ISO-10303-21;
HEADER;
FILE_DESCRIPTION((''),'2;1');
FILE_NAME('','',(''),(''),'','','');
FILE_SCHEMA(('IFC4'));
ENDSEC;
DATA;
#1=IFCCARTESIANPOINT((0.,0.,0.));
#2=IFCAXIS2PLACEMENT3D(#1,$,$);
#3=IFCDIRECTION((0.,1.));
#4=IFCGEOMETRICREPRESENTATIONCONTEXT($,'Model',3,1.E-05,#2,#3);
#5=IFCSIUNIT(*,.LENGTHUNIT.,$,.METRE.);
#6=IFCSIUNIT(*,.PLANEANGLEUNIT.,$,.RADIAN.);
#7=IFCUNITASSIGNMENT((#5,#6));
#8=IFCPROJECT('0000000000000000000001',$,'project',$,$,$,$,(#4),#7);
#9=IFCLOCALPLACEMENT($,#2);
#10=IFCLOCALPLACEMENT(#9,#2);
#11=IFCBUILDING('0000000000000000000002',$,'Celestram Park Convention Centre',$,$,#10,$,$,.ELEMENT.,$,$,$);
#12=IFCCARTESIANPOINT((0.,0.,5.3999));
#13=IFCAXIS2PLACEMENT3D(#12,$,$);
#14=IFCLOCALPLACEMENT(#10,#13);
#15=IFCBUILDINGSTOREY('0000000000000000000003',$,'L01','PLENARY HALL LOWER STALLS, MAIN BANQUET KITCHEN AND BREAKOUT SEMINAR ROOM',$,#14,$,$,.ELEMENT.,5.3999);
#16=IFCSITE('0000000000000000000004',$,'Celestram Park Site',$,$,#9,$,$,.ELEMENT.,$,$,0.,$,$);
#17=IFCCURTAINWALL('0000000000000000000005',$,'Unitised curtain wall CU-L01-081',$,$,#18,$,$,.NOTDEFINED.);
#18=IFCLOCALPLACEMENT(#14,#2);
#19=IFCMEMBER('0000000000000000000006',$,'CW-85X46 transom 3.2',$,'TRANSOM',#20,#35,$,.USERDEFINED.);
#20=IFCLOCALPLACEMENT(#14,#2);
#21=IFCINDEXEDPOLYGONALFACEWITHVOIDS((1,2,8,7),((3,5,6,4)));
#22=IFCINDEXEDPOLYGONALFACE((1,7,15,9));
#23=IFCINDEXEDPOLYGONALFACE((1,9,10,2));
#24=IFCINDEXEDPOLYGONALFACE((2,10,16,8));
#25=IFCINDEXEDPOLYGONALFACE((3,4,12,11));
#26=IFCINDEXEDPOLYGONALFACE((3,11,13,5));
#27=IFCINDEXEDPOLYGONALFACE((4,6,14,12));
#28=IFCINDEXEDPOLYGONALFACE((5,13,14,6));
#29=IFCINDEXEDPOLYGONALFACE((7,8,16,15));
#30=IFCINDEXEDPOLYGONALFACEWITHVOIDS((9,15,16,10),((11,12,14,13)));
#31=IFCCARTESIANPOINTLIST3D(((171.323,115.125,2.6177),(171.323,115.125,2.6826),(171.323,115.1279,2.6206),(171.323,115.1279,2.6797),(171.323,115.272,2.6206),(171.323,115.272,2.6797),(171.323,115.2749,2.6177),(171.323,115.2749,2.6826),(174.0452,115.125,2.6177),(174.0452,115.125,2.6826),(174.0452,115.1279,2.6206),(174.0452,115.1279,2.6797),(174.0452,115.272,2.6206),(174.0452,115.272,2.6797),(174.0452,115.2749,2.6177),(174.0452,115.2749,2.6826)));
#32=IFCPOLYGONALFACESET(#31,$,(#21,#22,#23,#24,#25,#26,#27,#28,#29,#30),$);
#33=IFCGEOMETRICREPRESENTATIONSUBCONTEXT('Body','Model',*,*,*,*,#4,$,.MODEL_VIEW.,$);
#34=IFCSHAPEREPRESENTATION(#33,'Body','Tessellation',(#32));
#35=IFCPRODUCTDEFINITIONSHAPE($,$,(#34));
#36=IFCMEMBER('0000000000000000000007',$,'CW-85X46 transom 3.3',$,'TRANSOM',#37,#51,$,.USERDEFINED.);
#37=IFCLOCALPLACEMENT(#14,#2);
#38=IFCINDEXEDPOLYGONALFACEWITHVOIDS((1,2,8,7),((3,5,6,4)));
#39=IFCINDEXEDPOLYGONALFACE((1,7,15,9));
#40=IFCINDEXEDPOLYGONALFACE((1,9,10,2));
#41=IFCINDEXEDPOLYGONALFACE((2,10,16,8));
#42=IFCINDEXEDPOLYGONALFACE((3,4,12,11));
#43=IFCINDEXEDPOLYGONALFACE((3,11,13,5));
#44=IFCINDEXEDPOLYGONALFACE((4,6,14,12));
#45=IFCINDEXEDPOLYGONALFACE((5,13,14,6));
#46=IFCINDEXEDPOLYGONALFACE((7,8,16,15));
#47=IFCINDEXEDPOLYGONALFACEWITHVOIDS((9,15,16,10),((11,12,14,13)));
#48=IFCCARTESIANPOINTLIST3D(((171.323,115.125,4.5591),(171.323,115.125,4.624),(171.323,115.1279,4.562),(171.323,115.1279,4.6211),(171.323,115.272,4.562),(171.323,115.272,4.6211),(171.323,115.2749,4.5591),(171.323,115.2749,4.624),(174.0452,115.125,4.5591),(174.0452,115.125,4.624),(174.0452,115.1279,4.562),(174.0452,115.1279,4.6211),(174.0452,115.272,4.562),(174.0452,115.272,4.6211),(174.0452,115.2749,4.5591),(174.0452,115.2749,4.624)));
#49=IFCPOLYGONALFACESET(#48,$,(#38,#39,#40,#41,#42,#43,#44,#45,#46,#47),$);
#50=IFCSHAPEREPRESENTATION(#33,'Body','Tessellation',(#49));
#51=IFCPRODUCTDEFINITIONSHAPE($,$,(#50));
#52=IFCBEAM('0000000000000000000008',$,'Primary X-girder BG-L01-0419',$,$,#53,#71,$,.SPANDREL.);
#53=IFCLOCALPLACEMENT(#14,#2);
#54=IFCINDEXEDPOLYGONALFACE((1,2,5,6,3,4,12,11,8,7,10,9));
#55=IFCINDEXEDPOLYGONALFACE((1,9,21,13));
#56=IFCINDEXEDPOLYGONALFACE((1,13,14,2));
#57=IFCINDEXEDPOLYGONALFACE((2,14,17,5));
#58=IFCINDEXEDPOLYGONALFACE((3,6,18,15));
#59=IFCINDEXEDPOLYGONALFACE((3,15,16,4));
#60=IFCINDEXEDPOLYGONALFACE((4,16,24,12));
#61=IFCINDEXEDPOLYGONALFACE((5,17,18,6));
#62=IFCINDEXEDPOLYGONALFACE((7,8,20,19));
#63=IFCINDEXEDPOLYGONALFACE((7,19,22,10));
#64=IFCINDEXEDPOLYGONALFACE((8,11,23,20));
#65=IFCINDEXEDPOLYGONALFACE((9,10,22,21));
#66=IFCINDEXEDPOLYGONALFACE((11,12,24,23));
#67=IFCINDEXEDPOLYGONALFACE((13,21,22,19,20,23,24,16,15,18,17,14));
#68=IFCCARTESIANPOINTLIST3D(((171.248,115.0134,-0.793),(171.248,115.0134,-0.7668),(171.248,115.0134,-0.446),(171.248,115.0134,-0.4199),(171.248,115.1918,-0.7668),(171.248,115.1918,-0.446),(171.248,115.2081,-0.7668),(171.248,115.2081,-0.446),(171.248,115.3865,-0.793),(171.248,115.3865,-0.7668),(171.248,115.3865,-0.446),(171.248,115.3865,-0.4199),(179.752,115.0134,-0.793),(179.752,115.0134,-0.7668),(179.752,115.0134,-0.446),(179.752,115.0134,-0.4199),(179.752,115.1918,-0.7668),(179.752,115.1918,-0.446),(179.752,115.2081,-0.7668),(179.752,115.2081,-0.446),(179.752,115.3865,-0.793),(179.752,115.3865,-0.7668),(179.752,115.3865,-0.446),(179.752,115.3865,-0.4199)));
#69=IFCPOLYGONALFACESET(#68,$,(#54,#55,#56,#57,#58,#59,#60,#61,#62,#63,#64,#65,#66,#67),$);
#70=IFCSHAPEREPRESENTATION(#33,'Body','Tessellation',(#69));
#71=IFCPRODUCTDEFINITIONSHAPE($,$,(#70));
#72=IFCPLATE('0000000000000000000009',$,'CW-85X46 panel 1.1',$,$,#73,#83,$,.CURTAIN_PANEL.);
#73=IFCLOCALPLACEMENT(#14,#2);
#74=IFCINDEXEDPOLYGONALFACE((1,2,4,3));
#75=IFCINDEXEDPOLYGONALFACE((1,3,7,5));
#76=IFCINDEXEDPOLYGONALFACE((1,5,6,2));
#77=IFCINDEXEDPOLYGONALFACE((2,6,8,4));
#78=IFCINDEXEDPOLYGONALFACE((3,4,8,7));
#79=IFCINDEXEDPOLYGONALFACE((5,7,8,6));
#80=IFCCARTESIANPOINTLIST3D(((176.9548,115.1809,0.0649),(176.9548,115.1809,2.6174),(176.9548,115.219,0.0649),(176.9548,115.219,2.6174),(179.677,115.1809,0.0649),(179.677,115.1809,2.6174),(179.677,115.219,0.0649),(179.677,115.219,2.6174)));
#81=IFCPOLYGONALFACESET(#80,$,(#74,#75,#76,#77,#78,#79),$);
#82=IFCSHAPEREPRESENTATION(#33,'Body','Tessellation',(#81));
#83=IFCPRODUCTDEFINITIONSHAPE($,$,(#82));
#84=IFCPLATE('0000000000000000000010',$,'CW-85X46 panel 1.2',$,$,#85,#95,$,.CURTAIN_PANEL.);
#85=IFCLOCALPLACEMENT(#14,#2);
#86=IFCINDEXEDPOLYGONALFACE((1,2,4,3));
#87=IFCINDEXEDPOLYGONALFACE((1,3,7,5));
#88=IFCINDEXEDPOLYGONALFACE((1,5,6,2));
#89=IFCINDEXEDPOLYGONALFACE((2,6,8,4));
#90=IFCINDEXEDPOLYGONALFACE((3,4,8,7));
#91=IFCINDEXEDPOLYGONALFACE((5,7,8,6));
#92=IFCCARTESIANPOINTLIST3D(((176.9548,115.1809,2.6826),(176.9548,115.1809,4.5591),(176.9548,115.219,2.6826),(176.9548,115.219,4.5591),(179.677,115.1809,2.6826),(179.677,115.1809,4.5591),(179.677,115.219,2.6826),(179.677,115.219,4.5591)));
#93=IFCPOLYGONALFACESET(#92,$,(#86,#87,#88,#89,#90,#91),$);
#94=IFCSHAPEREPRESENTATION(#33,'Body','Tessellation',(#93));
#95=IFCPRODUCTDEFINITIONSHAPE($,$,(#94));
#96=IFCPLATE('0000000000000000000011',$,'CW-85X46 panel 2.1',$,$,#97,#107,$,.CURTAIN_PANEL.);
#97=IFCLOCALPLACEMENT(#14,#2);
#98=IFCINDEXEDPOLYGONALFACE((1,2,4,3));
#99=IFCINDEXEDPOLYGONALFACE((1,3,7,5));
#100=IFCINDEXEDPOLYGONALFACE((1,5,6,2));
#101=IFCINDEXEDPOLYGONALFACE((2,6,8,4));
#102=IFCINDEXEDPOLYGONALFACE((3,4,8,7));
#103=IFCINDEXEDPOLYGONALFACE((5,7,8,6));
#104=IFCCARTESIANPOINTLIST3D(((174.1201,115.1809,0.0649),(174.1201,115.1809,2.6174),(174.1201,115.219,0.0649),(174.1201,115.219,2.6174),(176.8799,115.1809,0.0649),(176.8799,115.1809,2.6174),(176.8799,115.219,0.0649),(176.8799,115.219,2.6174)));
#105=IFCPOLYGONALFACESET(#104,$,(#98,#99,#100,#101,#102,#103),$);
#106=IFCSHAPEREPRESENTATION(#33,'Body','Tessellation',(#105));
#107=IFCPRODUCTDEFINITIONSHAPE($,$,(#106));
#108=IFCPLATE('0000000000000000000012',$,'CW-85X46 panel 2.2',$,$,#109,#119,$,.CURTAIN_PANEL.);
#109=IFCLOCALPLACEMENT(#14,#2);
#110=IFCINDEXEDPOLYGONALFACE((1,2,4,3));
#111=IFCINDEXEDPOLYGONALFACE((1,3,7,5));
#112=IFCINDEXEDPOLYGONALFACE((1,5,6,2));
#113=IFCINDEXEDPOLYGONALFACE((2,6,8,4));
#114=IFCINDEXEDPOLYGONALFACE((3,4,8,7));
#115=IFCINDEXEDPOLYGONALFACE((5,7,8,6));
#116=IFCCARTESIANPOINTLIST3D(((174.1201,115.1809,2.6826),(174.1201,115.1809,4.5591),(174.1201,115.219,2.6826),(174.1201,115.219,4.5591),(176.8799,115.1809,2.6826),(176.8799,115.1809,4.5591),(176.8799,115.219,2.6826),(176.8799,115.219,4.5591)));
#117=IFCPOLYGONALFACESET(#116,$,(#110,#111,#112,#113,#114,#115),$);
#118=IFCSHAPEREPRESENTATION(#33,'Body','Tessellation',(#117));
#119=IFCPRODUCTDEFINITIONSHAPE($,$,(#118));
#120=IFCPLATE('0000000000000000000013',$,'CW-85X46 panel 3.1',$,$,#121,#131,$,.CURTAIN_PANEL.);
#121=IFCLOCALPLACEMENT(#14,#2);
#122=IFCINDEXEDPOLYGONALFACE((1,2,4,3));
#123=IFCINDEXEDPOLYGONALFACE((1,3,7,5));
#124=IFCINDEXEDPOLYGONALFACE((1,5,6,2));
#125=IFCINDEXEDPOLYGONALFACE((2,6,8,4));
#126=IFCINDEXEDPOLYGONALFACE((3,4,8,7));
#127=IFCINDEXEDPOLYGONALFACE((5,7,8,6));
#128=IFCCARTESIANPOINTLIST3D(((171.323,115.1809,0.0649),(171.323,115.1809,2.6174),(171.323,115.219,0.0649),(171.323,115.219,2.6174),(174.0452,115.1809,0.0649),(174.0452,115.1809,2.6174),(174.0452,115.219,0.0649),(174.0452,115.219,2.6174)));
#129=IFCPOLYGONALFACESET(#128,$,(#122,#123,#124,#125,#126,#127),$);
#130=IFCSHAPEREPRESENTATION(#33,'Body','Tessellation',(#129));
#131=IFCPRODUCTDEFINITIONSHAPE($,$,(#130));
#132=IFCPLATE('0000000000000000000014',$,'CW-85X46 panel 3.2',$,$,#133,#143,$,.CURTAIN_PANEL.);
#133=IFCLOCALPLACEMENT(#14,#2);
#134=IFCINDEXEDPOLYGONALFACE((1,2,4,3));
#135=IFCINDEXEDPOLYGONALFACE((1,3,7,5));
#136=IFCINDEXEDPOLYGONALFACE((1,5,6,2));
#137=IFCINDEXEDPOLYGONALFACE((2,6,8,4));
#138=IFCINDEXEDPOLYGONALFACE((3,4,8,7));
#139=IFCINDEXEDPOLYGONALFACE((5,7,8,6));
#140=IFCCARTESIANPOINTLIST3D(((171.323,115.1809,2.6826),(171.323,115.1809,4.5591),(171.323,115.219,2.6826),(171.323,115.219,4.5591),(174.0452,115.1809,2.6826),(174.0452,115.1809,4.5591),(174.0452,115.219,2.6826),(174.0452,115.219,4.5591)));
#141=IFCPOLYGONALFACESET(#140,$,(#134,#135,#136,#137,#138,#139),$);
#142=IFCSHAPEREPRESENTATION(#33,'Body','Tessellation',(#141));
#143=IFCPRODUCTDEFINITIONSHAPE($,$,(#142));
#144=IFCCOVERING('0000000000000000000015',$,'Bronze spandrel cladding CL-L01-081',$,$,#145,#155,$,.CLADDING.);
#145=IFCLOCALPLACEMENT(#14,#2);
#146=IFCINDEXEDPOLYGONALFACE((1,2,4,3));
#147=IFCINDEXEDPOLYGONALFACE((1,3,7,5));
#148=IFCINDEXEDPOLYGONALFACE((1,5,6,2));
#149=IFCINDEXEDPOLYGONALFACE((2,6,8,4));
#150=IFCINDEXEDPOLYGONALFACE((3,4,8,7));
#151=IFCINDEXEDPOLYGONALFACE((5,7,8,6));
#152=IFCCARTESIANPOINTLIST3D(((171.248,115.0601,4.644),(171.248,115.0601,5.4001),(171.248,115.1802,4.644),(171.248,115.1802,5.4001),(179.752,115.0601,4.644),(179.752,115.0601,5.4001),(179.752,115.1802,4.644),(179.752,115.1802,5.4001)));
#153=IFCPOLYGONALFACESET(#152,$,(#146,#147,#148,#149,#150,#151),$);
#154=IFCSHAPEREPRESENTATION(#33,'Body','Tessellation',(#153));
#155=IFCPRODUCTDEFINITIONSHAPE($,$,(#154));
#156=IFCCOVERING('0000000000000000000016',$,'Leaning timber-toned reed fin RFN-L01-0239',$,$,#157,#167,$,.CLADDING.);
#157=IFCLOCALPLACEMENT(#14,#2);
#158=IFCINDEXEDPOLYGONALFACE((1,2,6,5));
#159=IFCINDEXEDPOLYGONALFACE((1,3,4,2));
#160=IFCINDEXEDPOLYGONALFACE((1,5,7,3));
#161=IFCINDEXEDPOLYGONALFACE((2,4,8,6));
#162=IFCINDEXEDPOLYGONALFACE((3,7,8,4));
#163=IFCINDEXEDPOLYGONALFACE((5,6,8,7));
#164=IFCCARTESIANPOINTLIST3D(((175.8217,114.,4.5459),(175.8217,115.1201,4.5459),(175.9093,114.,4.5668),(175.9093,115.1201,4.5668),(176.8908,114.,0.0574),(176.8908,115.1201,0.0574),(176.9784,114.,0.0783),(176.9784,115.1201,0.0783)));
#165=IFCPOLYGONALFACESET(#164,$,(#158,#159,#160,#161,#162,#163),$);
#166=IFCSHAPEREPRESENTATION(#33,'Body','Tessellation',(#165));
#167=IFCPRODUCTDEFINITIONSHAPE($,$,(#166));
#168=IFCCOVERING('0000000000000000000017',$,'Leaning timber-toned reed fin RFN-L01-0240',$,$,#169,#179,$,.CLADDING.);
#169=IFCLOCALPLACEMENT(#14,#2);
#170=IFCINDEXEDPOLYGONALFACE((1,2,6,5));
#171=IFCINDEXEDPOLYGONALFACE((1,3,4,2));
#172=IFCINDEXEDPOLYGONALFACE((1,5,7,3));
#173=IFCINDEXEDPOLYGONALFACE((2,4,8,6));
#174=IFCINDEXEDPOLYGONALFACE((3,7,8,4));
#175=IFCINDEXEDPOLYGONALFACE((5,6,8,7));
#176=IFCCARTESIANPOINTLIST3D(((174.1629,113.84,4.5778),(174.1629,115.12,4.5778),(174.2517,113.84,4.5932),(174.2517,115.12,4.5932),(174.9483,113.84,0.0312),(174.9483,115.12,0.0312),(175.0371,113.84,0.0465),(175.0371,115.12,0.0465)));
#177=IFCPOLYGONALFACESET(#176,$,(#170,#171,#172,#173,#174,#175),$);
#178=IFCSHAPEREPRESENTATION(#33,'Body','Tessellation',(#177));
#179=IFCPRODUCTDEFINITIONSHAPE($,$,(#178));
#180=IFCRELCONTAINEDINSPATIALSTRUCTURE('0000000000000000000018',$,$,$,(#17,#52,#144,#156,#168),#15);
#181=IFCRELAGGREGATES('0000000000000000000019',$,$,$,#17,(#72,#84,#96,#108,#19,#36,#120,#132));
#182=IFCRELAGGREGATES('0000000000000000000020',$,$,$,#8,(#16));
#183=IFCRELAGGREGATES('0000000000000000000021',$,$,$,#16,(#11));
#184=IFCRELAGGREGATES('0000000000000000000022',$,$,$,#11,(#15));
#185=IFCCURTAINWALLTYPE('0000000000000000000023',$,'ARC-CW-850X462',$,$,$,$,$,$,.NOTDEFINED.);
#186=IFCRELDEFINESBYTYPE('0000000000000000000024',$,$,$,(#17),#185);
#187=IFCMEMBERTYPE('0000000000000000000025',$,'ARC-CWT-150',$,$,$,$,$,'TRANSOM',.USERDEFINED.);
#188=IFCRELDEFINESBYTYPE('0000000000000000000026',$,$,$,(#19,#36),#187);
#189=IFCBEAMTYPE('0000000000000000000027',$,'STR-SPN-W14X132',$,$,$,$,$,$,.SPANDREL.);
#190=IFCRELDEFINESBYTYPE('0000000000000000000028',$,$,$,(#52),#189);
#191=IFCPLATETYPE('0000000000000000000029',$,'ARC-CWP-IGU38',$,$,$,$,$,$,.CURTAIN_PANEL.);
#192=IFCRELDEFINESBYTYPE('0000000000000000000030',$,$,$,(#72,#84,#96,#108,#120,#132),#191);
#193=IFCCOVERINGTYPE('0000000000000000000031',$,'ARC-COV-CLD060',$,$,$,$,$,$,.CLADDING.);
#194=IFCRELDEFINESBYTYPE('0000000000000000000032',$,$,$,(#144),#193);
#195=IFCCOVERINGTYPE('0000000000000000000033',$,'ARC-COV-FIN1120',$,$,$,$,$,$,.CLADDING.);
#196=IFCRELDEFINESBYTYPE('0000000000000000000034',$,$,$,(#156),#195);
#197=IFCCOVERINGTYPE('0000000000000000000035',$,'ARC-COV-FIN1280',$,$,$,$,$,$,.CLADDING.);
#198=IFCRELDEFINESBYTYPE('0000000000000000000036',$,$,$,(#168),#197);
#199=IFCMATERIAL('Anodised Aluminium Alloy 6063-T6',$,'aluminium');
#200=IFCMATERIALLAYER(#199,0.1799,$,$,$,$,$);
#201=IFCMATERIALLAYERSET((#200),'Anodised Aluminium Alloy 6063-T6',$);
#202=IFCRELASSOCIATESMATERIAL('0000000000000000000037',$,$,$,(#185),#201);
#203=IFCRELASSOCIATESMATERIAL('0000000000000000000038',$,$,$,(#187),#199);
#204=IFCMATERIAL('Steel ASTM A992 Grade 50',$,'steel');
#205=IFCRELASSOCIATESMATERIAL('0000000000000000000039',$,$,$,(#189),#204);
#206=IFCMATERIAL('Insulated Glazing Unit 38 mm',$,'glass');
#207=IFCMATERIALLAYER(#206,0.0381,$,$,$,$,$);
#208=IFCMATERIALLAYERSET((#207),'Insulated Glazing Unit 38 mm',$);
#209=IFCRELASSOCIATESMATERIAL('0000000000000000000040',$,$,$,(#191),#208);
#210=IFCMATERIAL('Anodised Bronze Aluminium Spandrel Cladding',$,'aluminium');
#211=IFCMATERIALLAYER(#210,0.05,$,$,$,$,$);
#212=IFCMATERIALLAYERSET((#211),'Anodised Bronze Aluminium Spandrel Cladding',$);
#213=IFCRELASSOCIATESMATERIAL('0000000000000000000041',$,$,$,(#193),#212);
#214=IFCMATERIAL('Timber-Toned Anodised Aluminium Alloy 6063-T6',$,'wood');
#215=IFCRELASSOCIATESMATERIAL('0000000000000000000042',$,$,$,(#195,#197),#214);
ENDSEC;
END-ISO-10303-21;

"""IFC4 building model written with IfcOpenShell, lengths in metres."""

from ifc_helpers import new_model, si_unit, direction, frame, origin, origin_2d, place, context, subcontext, project, spatial, rectangle, hollow_rectangle, i_section, extrude, material, layer, layer_set, material_profile, profile_set, type_object, element, aggregate, save


model = new_model("IFC4")

# Units and contexts
model_context = context("Model", 3, precision=1e-05, world=origin(), true_north=direction((0.0, 1.0)))
body_context = subcontext(model_context, "Body", "Model", "MODEL_VIEW")
ifc_project = project(units=[si_unit("LENGTHUNIT", "METRE"), si_unit("PLANEANGLEUNIT", "RADIAN")], contexts=[model_context])

# Site, building, storey
site_placement = place(None, origin())
site = spatial("IfcSite", under=ifc_project, at=site_placement, Name="Celestram Park Site", CompositionType="ELEMENT", RefElevation=0.0)
building_placement = place(site_placement, origin())
building = spatial("IfcBuilding", under=site, at=building_placement, Name="Celestram Park Convention Centre", CompositionType="ELEMENT")
storey_placement = place(building_placement, frame((0.0, 0.0, 5.3999)))
storey = spatial("IfcBuildingStorey", under=building, at=storey_placement, Name="L01", Description="PLENARY HALL LOWER STALLS, MAIN BANQUET KITCHEN AND BREAKOUT SEMINAR ROOM", CompositionType="ELEMENT", Elevation=5.3999)

# Curtain wall, members
ifc_material_1 = material(Name="Anodised Aluminium Alloy 6063-T6", Category="aluminium")
ifc_layer_1 = layer(ifc_material_1, 0.1799)
ifc_layer_set_1 = layer_set([ifc_layer_1], Name="Anodised Aluminium Alloy 6063-T6")
curtain_wall_type = type_object("IfcCurtainWallType", Name="ARC-CW-850X462", PredefinedType="NOTDEFINED", material=ifc_layer_set_1)
curtain_wall_placement = place(storey_placement, origin())
curtain_wall = element("IfcCurtainWall", 1, at=curtain_wall_placement, inside=storey, type_object=curtain_wall_type, Name="Unitised curtain wall CU-L01-081", PredefinedType="NOTDEFINED")
ifc_material_profile_1 = material_profile(ifc_material_1, hollow_rectangle(XDim=0.1499, YDim=0.0649, WallThickness=0.0029, at=origin_2d()), Name="ALU150X65X3")
ifc_profile_set_1 = profile_set([ifc_material_profile_1], Name="Anodised Aluminium Alloy 6063-T6")
member_type_1 = type_object("IfcMemberType", Name="ARC-CWT-150", ElementType="TRANSOM", PredefinedType="USERDEFINED", material=ifc_profile_set_1)
member_1_placement = place(storey_placement, frame((174.0452, 115.2, 2.6501), z_axis=(-1.0, 0.0, 0.0), x_axis=(0.0, -1.0, 0.0)))
member_1 = element("IfcMember", 2, at=member_1_placement, type_object=member_type_1, Name="CW-85X46 transom 3.2", ObjectType="TRANSOM", PredefinedType="USERDEFINED", context=body_context, shape_type="SweptSolid", body=[
    extrude(hollow_rectangle(XDim=0.1499, YDim=0.0649, WallThickness=0.0029, at=origin_2d()), origin(), (0.0, 0.0, 1.0), 2.7222),
])
member_2_placement = place(storey_placement, frame((174.0452, 115.2, 4.5916), z_axis=(-1.0, 0.0, 0.0), x_axis=(0.0, -1.0, 0.0)))
member_2 = element("IfcMember", 3, at=member_2_placement, type_object=member_type_1, Name="CW-85X46 transom 3.3", ObjectType="TRANSOM", PredefinedType="USERDEFINED", context=body_context, shape_type="SweptSolid", body=[
    extrude(hollow_rectangle(XDim=0.1499, YDim=0.0649, WallThickness=0.0029, at=origin_2d()), origin(), (0.0, 0.0, 1.0), 2.7222),
])

# Beam
ifc_material_2 = material(Name="Steel ASTM A992 Grade 50", Category="steel")
ifc_material_profile_2 = material_profile(ifc_material_2, i_section(OverallWidth=0.373, OverallDepth=0.373, WebThickness=0.0164, FlangeThickness=0.0261, at=origin_2d()), Name="W14X132")
ifc_profile_set_2 = profile_set([ifc_material_profile_2], Name="Steel ASTM A992 Grade 50")
beam_type = type_object("IfcBeamType", Name="STR-SPN-W14X132", PredefinedType="SPANDREL", material=ifc_profile_set_2)
beam_placement = place(storey_placement, frame((171.248, 115.2, -0.6064), z_axis=(1.0, 0.0, 0.0), x_axis=(0.0, 1.0, 0.0)))
element("IfcBeam", 4, at=beam_placement, inside=storey, type_object=beam_type, Name="Primary X-girder BG-L01-0419", PredefinedType="SPANDREL", context=body_context, shape_type="SweptSolid", body=[
    extrude(i_section(OverallWidth=0.373, OverallDepth=0.373, WebThickness=0.0164, FlangeThickness=0.0261, at=origin_2d()), origin(), (0.0, 0.0, 1.0), 8.5039),
])

# Plates
ifc_material_3 = material(Name="Insulated Glazing Unit 38 mm", Category="glass")
ifc_layer_2 = layer(ifc_material_3, 0.0381)
ifc_layer_set_2 = layer_set([ifc_layer_2], Name="Insulated Glazing Unit 38 mm")
plate_type = type_object("IfcPlateType", Name="ARC-CWP-IGU38", PredefinedType="CURTAIN_PANEL", material=ifc_layer_set_2)
plate_1_placement = place(storey_placement, frame((178.3159, 115.2, 0.0649), z_axis=(0.0, 0.0, 1.0), x_axis=(-1.0, 0.0, 0.0)))
plate_1 = element("IfcPlate", 5, at=plate_1_placement, type_object=plate_type, Name="CW-85X46 panel 1.1", PredefinedType="CURTAIN_PANEL", context=body_context, shape_type="SweptSolid", body=[
    extrude(rectangle(XDim=2.7222, YDim=0.0381, at=origin_2d()), origin(), (0.0, 0.0, 1.0), 2.5525),
])
plate_2_placement = place(storey_placement, frame((178.3159, 115.2, 2.6826), z_axis=(0.0, 0.0, 1.0), x_axis=(-1.0, 0.0, 0.0)))
plate_2 = element("IfcPlate", 6, at=plate_2_placement, type_object=plate_type, Name="CW-85X46 panel 1.2", PredefinedType="CURTAIN_PANEL", context=body_context, shape_type="SweptSolid", body=[
    extrude(rectangle(XDim=2.7222, YDim=0.0381, at=origin_2d()), origin(), (0.0, 0.0, 1.0), 1.8765),
])
plate_3_placement = place(storey_placement, frame((175.5, 115.2, 0.0649), z_axis=(0.0, 0.0, 1.0), x_axis=(-1.0, 0.0, 0.0)))
plate_3 = element("IfcPlate", 7, at=plate_3_placement, type_object=plate_type, Name="CW-85X46 panel 2.1", PredefinedType="CURTAIN_PANEL", context=body_context, shape_type="SweptSolid", body=[
    extrude(rectangle(XDim=2.7598, YDim=0.0381, at=origin_2d()), origin(), (0.0, 0.0, 1.0), 2.5525),
])
plate_4_placement = place(storey_placement, frame((175.5, 115.2, 2.6826), z_axis=(0.0, 0.0, 1.0), x_axis=(-1.0, 0.0, 0.0)))
plate_4 = element("IfcPlate", 8, at=plate_4_placement, type_object=plate_type, Name="CW-85X46 panel 2.2", PredefinedType="CURTAIN_PANEL", context=body_context, shape_type="SweptSolid", body=[
    extrude(rectangle(XDim=2.7598, YDim=0.0381, at=origin_2d()), origin(), (0.0, 0.0, 1.0), 1.8765),
])
plate_5_placement = place(storey_placement, frame((172.6841, 115.2, 0.0649), z_axis=(0.0, 0.0, 1.0), x_axis=(-1.0, 0.0, 0.0)))
plate_5 = element("IfcPlate", 9, at=plate_5_placement, type_object=plate_type, Name="CW-85X46 panel 3.1", PredefinedType="CURTAIN_PANEL", context=body_context, shape_type="SweptSolid", body=[
    extrude(rectangle(XDim=2.7222, YDim=0.0381, at=origin_2d()), origin(), (0.0, 0.0, 1.0), 2.5525),
])
plate_6_placement = place(storey_placement, frame((172.6841, 115.2, 2.6826), z_axis=(0.0, 0.0, 1.0), x_axis=(-1.0, 0.0, 0.0)))
plate_6 = element("IfcPlate", 10, at=plate_6_placement, type_object=plate_type, Name="CW-85X46 panel 3.2", PredefinedType="CURTAIN_PANEL", context=body_context, shape_type="SweptSolid", body=[
    extrude(rectangle(XDim=2.7222, YDim=0.0381, at=origin_2d()), origin(), (0.0, 0.0, 1.0), 1.8765),
])
aggregate(curtain_wall, [plate_1, plate_2, plate_3, plate_4, member_1, member_2, plate_5, plate_6])

# Coverings
ifc_material_4 = material(Name="Anodised Bronze Aluminium Spandrel Cladding", Category="aluminium")
ifc_layer_3 = layer(ifc_material_4, 0.05)
ifc_layer_set_3 = layer_set([ifc_layer_3], Name="Anodised Bronze Aluminium Spandrel Cladding")
covering_type_1 = type_object("IfcCoveringType", Name="ARC-COV-CLD060", PredefinedType="CLADDING", material=ifc_layer_set_3)
covering_1_placement = place(storey_placement, frame((175.5, 115.1201, 4.644), z_axis=(0.0, 0.0, 1.0), x_axis=(-1.0, 0.0, 0.0)))
element("IfcCovering", 11, at=covering_1_placement, inside=storey, type_object=covering_type_1, Name="Bronze spandrel cladding CL-L01-081", PredefinedType="CLADDING", context=body_context, shape_type="SweptSolid", body=[
    extrude(rectangle(XDim=8.5039, YDim=0.1201, at=origin_2d()), origin(), (0.0, 0.0, 1.0), 0.7561),
])
ifc_material_5 = material(Name="Timber-Toned Anodised Aluminium Alloy 6063-T6", Category="wood")
ifc_material_profile_3 = material_profile(ifc_material_5, rectangle(XDim=1.1201, YDim=0.0901, at=origin_2d()), Name="REED1120X90")
ifc_profile_set_3 = profile_set([ifc_material_profile_3], Name="Timber-Toned Anodised Aluminium Alloy 6063-T6")
covering_type_2 = type_object("IfcCoveringType", Name="ARC-COV-FIN1120", PredefinedType="CLADDING", material=ifc_profile_set_3)
covering_2_placement = place(storey_placement, frame((176.9346, 114.5601, 0.0679), z_axis=(-0.231702, 0.0, 0.972787), x_axis=(0.0, -1.0, 0.0)))
element("IfcCovering", 12, at=covering_2_placement, inside=storey, type_object=covering_type_2, Name="Leaning timber-toned reed fin RFN-L01-0239", PredefinedType="CLADDING", context=body_context, shape_type="SweptSolid", body=[
    extrude(rectangle(XDim=1.1201, YDim=0.0901, at=origin_2d()), origin(), (0.0, 0.0, 1.0), 4.614),
])
ifc_material_profile_4 = material_profile(ifc_material_5, rectangle(XDim=1.28, YDim=0.0901, at=origin_2d()), Name="REED1280X90")
ifc_profile_set_4 = profile_set([ifc_material_profile_4], Name="Timber-Toned Anodised Aluminium Alloy 6063-T6")
covering_type_3 = type_object("IfcCoveringType", Name="ARC-COV-FIN1280", PredefinedType="CLADDING", material=ifc_profile_set_4)
covering_3_placement = place(storey_placement, frame((174.9927, 114.48, 0.0388), z_axis=(-0.170222, 0.0, 0.985406), x_axis=(0.0, -1.0, 0.0)))
element("IfcCovering", 13, at=covering_3_placement, inside=storey, type_object=covering_type_3, Name="Leaning timber-toned reed fin RFN-L01-0240", PredefinedType="CLADDING", context=body_context, shape_type="SweptSolid", body=[
    extrude(rectangle(XDim=1.28, YDim=0.0901, at=origin_2d()), origin(), (0.0, 0.0, 1.0), 4.614),
])

save(model, "model.ifc")
